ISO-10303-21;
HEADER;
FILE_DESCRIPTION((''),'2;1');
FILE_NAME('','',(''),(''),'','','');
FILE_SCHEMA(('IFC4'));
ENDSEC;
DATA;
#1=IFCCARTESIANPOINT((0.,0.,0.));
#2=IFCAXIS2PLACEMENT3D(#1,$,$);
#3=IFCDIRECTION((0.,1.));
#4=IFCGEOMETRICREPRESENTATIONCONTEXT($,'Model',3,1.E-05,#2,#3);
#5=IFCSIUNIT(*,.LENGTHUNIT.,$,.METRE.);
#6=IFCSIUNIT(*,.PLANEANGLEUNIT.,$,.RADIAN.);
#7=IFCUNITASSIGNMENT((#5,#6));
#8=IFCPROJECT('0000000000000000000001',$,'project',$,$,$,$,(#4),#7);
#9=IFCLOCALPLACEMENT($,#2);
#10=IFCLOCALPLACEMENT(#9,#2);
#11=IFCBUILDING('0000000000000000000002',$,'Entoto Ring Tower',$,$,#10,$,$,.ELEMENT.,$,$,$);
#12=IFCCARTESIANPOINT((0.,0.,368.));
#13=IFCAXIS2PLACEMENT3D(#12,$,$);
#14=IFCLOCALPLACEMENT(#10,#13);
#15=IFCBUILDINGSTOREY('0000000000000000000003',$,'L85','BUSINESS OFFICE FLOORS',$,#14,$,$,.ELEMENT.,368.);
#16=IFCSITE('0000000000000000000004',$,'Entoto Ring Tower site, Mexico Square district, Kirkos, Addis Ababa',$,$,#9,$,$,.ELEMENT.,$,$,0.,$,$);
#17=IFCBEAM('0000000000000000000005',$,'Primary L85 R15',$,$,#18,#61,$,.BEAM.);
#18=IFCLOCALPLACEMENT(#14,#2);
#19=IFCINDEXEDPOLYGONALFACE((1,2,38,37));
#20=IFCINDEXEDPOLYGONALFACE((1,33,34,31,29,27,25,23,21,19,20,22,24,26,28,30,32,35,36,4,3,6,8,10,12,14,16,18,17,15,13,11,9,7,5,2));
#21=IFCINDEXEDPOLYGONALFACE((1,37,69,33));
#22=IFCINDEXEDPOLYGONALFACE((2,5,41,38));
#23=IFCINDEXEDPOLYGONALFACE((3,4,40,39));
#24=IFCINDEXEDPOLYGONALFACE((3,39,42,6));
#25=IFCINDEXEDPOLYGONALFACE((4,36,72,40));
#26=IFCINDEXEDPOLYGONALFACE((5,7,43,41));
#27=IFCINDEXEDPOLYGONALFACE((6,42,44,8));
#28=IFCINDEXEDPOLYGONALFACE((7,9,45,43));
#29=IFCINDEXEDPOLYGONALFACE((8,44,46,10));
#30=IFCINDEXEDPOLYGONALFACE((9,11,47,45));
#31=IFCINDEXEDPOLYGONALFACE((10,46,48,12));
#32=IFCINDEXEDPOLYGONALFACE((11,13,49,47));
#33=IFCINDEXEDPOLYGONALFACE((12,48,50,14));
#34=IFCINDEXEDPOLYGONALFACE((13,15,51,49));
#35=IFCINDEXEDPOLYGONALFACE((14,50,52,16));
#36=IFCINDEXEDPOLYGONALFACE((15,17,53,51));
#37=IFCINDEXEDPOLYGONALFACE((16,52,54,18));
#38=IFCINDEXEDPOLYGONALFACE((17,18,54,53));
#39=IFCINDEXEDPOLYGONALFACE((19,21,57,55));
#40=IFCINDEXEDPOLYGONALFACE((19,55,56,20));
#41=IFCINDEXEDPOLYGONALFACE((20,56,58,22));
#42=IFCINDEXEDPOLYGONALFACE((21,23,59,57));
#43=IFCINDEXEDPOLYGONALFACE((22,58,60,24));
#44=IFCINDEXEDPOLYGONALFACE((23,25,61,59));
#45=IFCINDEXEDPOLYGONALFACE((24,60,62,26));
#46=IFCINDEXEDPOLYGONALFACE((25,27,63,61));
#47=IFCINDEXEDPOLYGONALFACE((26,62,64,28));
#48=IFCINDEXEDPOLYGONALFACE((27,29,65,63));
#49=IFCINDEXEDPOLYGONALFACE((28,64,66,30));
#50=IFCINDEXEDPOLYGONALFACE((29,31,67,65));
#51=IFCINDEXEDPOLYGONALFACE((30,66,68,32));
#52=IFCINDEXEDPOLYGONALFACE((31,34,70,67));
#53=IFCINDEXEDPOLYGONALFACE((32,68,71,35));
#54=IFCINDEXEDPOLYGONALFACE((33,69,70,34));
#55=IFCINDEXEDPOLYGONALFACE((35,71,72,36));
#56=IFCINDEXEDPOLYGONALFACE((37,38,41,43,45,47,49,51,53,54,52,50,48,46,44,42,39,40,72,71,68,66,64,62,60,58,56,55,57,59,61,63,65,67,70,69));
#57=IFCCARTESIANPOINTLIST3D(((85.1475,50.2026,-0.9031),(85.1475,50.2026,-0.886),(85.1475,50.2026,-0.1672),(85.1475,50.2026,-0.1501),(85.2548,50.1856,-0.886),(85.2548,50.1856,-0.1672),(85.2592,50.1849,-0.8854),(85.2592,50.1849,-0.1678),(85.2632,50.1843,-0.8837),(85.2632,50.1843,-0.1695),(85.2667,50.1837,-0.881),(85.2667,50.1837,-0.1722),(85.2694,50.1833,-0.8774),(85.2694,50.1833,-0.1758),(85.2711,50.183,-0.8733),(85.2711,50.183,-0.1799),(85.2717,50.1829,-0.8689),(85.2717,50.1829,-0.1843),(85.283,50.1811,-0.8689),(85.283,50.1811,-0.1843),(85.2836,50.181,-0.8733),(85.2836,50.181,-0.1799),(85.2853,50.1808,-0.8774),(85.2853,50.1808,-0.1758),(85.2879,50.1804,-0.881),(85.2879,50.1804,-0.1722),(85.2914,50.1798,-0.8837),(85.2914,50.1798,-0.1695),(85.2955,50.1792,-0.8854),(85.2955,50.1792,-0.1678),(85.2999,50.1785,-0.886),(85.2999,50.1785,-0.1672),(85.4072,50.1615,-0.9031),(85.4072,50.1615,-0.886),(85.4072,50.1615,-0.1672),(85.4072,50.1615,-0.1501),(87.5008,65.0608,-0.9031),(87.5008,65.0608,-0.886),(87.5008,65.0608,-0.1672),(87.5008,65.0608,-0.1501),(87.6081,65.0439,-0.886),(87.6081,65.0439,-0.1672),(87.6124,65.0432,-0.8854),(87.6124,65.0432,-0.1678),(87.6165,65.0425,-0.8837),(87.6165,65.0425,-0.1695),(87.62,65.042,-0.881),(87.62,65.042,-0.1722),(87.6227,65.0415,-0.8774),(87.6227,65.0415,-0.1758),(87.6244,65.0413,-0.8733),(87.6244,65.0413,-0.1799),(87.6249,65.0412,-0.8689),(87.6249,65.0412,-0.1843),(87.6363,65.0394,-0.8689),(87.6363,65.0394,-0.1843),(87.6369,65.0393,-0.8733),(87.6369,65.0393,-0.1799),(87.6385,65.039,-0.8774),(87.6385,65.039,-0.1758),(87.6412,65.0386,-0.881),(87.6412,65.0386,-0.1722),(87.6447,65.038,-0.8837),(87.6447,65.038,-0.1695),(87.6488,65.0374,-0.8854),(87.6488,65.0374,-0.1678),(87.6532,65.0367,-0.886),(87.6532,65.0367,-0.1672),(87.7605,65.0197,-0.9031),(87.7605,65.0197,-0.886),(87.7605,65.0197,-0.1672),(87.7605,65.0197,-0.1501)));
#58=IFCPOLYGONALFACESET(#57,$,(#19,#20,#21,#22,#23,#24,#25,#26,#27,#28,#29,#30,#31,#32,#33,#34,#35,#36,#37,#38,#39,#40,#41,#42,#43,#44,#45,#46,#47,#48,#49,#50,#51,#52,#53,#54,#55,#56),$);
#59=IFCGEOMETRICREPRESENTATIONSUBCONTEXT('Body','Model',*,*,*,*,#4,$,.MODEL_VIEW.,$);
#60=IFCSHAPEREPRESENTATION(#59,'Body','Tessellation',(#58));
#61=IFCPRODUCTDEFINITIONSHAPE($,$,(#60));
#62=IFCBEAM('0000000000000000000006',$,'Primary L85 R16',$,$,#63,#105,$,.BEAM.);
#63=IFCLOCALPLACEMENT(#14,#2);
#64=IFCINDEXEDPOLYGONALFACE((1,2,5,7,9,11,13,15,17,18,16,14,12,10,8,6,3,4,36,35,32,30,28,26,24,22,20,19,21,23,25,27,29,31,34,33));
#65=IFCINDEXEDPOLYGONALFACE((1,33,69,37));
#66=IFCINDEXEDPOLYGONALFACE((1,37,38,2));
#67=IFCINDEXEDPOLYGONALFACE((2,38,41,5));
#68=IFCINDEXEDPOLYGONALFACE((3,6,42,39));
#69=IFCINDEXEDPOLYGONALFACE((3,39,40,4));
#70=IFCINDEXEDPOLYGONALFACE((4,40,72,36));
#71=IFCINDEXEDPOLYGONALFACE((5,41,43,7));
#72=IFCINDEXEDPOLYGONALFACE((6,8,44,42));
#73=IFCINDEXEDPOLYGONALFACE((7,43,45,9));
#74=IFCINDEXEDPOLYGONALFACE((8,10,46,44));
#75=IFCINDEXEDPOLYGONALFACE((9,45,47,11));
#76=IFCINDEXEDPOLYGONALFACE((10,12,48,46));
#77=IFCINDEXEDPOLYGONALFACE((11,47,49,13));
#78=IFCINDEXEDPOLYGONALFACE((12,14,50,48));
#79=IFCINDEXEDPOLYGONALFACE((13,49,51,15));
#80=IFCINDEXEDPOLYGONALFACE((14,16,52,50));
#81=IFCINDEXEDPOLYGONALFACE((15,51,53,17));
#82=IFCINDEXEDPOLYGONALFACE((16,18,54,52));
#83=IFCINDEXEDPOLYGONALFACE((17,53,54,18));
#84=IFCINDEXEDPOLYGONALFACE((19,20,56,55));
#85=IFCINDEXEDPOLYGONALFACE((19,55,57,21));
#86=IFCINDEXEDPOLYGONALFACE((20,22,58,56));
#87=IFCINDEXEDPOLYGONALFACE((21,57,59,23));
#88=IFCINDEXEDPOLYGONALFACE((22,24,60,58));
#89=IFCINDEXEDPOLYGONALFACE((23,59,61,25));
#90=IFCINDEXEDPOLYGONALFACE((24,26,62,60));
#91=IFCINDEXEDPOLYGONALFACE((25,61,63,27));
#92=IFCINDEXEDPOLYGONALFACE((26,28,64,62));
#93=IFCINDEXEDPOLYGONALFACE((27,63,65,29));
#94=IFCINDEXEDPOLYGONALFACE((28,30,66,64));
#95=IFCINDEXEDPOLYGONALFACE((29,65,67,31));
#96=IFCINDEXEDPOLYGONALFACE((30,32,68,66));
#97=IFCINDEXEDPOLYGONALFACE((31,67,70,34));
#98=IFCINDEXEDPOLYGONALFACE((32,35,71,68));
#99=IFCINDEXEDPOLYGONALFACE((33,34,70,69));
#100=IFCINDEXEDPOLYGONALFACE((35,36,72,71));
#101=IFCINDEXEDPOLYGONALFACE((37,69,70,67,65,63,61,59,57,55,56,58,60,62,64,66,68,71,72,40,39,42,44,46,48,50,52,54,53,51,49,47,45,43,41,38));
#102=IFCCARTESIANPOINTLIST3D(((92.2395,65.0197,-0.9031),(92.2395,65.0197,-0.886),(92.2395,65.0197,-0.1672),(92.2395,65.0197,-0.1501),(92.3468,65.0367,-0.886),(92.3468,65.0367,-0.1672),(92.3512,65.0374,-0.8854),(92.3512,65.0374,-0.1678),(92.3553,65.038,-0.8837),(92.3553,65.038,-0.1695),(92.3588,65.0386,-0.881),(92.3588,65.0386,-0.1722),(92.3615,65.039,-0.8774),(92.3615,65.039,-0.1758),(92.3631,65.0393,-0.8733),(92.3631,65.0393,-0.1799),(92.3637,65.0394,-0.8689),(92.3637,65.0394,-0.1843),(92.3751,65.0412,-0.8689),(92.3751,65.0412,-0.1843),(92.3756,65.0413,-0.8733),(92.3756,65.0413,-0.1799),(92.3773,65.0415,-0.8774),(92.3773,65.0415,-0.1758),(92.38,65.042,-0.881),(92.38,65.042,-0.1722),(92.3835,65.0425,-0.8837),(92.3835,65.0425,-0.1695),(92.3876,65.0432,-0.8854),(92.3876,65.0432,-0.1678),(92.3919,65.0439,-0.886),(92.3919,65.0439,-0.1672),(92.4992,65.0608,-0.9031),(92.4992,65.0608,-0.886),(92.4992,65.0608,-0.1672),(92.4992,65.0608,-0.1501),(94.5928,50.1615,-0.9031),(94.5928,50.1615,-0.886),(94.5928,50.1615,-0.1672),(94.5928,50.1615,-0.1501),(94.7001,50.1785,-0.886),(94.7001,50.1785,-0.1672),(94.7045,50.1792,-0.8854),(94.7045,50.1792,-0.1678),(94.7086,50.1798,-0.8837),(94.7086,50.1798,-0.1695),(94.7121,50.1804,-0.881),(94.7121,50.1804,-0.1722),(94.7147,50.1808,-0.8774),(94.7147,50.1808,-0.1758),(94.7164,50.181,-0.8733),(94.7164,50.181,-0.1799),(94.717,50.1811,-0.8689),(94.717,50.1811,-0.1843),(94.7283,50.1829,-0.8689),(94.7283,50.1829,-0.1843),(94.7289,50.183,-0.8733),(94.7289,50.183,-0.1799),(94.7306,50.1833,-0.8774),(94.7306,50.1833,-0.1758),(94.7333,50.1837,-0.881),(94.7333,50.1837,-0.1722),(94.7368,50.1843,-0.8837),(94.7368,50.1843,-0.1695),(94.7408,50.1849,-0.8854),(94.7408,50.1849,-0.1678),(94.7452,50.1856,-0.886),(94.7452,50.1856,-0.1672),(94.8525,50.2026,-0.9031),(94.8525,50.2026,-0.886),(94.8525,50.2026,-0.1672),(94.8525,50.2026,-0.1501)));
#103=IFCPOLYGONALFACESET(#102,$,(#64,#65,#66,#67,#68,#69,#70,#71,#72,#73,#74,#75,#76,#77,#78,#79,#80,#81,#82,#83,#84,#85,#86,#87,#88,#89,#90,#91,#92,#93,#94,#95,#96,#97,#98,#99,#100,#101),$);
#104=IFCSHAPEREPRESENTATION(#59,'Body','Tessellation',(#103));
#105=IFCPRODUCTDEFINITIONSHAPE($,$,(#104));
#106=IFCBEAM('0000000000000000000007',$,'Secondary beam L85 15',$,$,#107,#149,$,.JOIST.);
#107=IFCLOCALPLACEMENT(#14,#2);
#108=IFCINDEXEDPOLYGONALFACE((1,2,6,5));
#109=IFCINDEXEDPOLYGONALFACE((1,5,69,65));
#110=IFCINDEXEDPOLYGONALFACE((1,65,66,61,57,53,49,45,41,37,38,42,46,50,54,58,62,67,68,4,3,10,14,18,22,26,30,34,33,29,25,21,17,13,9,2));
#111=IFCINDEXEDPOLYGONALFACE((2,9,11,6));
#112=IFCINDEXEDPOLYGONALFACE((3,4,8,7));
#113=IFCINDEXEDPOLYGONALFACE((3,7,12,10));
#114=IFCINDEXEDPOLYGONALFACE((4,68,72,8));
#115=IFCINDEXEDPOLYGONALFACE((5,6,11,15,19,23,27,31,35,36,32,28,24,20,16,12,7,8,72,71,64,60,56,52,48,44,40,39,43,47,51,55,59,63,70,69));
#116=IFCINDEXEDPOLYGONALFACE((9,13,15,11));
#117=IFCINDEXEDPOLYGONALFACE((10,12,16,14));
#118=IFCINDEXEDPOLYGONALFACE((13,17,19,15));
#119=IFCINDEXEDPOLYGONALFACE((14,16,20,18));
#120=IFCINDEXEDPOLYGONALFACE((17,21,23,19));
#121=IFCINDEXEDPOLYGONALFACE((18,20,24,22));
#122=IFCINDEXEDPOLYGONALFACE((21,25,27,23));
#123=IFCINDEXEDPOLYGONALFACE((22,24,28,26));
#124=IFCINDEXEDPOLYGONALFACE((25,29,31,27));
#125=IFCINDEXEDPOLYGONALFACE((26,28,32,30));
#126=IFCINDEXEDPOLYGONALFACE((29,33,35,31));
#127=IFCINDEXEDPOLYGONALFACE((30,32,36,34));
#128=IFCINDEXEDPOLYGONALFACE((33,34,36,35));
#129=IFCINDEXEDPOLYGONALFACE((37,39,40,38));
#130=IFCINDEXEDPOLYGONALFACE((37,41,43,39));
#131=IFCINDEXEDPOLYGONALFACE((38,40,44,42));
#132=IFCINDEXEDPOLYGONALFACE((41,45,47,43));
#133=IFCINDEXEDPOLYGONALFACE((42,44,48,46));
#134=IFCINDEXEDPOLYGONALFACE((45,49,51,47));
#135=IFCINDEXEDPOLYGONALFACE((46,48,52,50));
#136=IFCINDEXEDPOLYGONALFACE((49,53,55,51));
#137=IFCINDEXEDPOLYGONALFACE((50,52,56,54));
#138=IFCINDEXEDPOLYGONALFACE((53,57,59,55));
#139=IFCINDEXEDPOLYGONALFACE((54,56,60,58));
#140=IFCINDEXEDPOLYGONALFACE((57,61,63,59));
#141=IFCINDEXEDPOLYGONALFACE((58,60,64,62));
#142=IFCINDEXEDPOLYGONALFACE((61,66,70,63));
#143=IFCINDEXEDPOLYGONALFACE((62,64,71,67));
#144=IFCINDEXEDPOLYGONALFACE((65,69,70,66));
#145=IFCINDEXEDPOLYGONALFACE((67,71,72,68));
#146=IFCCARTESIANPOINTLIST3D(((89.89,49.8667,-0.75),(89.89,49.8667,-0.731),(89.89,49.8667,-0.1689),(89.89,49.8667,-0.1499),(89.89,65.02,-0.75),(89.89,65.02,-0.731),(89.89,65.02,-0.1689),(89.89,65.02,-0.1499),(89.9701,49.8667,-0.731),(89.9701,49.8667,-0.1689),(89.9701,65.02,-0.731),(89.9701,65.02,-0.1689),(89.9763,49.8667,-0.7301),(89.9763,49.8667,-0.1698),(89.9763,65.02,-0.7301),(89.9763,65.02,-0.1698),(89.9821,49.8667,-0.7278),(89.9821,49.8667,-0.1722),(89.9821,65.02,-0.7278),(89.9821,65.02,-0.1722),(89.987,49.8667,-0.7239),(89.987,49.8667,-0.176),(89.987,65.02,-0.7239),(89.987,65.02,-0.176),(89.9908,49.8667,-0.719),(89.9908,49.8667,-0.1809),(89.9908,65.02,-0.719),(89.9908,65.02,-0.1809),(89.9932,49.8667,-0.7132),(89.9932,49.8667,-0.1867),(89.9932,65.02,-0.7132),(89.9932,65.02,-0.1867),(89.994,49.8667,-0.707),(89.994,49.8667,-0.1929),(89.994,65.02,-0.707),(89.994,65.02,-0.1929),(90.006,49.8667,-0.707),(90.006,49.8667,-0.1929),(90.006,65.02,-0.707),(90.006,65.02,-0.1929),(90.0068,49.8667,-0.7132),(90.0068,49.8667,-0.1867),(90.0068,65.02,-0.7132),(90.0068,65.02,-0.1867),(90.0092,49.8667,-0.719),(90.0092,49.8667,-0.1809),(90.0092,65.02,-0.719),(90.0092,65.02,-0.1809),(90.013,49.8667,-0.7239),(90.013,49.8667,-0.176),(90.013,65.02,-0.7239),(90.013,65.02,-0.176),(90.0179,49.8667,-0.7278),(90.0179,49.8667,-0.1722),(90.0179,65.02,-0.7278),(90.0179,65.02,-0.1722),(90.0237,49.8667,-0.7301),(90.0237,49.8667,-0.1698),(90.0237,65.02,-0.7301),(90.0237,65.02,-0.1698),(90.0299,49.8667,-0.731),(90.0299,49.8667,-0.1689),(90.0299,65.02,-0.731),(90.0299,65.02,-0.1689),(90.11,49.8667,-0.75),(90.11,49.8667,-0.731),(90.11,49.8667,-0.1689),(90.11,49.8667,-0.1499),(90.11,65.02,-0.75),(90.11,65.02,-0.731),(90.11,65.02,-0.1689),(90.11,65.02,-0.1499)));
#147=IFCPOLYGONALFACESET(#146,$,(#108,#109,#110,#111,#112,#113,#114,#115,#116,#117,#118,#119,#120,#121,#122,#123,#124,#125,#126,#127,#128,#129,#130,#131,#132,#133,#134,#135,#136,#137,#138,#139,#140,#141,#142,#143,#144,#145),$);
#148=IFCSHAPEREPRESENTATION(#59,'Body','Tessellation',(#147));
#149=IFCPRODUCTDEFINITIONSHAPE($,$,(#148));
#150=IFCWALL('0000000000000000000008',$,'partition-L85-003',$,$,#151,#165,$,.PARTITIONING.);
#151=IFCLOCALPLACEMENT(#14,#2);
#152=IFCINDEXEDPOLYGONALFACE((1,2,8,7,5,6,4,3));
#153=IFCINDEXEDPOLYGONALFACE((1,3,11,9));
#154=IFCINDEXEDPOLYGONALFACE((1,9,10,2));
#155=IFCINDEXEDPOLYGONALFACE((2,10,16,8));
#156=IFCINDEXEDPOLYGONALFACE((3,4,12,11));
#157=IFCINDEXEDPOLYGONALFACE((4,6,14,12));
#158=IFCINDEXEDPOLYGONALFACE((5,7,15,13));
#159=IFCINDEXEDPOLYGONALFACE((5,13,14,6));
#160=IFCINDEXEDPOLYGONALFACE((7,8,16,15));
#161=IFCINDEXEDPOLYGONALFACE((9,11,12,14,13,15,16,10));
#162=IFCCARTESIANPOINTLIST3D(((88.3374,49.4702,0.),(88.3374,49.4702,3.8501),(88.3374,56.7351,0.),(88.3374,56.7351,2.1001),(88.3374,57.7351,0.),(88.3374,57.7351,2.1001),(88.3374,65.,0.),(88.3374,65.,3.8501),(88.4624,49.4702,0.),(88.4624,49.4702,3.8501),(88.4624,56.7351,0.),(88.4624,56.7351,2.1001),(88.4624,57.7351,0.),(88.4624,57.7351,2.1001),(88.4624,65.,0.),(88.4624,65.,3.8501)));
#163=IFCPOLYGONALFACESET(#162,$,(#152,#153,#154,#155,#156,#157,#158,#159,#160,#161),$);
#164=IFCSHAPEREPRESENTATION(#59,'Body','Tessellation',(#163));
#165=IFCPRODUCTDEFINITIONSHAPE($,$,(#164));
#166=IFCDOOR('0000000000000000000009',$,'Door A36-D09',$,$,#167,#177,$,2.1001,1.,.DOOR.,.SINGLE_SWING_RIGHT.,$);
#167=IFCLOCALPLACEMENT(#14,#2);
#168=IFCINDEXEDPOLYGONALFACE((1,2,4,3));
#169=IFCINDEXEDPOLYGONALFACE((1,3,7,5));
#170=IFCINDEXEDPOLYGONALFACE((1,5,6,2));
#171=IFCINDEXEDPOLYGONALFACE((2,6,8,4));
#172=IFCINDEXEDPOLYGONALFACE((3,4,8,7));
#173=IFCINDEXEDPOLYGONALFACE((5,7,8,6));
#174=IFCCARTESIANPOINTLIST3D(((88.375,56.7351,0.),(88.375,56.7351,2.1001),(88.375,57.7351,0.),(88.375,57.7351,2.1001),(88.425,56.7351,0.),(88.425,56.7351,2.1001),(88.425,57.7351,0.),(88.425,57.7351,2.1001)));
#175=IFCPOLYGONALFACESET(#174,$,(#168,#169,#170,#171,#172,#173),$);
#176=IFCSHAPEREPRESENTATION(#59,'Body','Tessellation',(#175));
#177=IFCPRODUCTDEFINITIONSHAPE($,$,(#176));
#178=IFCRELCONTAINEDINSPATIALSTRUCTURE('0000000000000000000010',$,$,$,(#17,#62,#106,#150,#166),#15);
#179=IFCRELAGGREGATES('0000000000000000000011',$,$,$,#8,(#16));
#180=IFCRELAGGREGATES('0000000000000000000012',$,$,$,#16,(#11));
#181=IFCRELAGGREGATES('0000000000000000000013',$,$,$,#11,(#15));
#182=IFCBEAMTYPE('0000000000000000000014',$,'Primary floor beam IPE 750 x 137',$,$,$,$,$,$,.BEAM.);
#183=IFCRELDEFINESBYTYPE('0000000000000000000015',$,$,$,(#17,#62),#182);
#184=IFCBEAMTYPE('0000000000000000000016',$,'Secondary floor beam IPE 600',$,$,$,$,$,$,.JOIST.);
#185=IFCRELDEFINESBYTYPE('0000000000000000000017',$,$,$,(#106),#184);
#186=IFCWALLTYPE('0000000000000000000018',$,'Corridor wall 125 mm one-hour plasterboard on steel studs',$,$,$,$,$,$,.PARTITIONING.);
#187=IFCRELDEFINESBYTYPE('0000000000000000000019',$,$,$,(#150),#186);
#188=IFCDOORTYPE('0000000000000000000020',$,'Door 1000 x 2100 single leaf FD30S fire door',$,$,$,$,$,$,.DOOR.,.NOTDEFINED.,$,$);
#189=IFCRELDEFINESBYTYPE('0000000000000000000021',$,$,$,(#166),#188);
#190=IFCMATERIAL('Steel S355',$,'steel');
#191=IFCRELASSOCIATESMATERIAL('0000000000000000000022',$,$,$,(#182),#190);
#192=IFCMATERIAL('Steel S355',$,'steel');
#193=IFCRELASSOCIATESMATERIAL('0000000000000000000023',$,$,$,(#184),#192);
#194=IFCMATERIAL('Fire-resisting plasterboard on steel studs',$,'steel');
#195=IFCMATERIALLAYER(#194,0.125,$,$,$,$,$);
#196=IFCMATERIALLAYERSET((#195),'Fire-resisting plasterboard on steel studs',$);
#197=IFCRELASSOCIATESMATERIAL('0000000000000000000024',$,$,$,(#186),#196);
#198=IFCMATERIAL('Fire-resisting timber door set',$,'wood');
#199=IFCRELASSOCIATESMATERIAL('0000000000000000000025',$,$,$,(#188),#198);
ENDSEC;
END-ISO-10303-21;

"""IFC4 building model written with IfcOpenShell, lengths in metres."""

from ifc_helpers import new_model, si_unit, direction, frame, frame_2d, origin, origin_2d, place, context, subcontext, project, spatial, rectangle, i_section, extrude, material, layer, layer_set, material_profile, profile_set, type_object, element, fill, save


model = new_model("IFC4")

# Units and contexts
model_context = context("Model", 3, precision=1e-05, world=origin(), true_north=direction((0.0, 1.0)))
body_context = subcontext(model_context, "Body", "Model", "MODEL_VIEW")
ifc_project = project(units=[si_unit("LENGTHUNIT", "METRE"), si_unit("PLANEANGLEUNIT", "RADIAN")], contexts=[model_context])

# Site, building, storey
site_placement = place(None, origin())
site = spatial("IfcSite", under=ifc_project, at=site_placement, Name="Entoto Ring Tower site, Mexico Square district, Kirkos, Addis Ababa", CompositionType="ELEMENT", RefElevation=0.0)
building_placement = place(site_placement, origin())
building = spatial("IfcBuilding", under=site, at=building_placement, Name="Entoto Ring Tower", CompositionType="ELEMENT")
storey_placement = place(building_placement, frame((0.0, 0.0, 368.0)))
storey = spatial("IfcBuildingStorey", under=building, at=storey_placement, Name="L85", Description="BUSINESS OFFICE FLOORS", CompositionType="ELEMENT", Elevation=368.0)

# Beams
ifc_material_1 = material(Name="Steel S355", Category="steel")
ifc_material_profile_1 = material_profile(ifc_material_1, i_section(OverallWidth=0.2629, OverallDepth=0.7529, WebThickness=0.0115, FlangeThickness=0.0171, FilletRadius=0.0171, at=origin_2d()), Name="IPE 750 x 137")
ifc_profile_set_1 = profile_set([ifc_material_profile_1], Name="Steel S355")
beam_type_1 = type_object("IfcBeamType", Name="Primary floor beam IPE 750 x 137", PredefinedType="BEAM", material=ifc_profile_set_1)
for number, where, z_axis, x_axis, name in (
    (1, (87.6306, 65.0403, -0.5266), (-0.156433, -0.987689, 0.0), (0.987689, -0.156433, 0.0), "Primary L85 R15"),
    (2, (92.3694, 65.0403, -0.5266), (0.156433, -0.987689, 0.0), (0.987689, 0.156433, 0.0), "Primary L85 R16"),
):
    element("IfcBeam", number, at=place(storey_placement, frame(where, z_axis=z_axis, x_axis=x_axis)), inside=storey, type_object=beam_type_1, Name=name, PredefinedType="BEAM", context=body_context, shape_type="SweptSolid", body=[
        extrude(i_section(OverallWidth=0.2629, OverallDepth=0.7529, WebThickness=0.0115, FlangeThickness=0.0171, FilletRadius=0.0171, at=origin_2d()), origin(), (0.0, 0.0, 1.0), 15.0435),
    ])
ifc_material_2 = material(Name="Steel S355", Category="steel")
ifc_material_profile_2 = material_profile(ifc_material_2, i_section(OverallWidth=0.22, OverallDepth=0.6001, WebThickness=0.012, FlangeThickness=0.019, FilletRadius=0.0239, at=origin_2d()), Name="IPE 600")
ifc_profile_set_2 = profile_set([ifc_material_profile_2], Name="Steel S355")
beam_type_2 = type_object("IfcBeamType", Name="Secondary floor beam IPE 600", PredefinedType="JOIST", material=ifc_profile_set_2)
beam_1_placement = place(storey_placement, frame((90.0, 65.02, -0.45), z_axis=(0.0, -1.0, 0.0), x_axis=(1.0, 0.0, 0.0)))
element("IfcBeam", 3, at=beam_1_placement, inside=storey, type_object=beam_type_2, Name="Secondary beam L85 15", PredefinedType="JOIST", context=body_context, shape_type="SweptSolid", body=[
    extrude(i_section(OverallWidth=0.22, OverallDepth=0.6001, WebThickness=0.012, FlangeThickness=0.019, FilletRadius=0.0239, at=origin_2d()), origin(), (0.0, 0.0, 1.0), 15.1533),
])

# Wall, opening, door
ifc_material_3 = material(Name="Fire-resisting plasterboard on steel studs", Category="steel")
ifc_layer_1 = layer(ifc_material_3, 0.125)
ifc_layer_set_1 = layer_set([ifc_layer_1], Name="Fire-resisting plasterboard on steel studs")
wall_type_1 = type_object("IfcWallType", Name="Corridor wall 125 mm one-hour plasterboard on steel studs", PredefinedType="PARTITIONING", material=ifc_layer_set_1)
wall_1_placement = place(storey_placement, frame((88.3999, 49.4702, 0.0), z_axis=(0.0, 0.0, 1.0), x_axis=(0.0, 1.0, 0.0)))
wall_1 = element("IfcWall", 4, at=wall_1_placement, inside=storey, type_object=wall_type_1, Name="partition-L85-003", PredefinedType="PARTITIONING", context=body_context, shape_type="SweptSolid", body=[
    extrude(rectangle(XDim=15.5298, YDim=0.125, at=frame_2d((7.7649, 0.0))), origin(), (0.0, 0.0, 1.0), 3.8501),
])
opening_1_placement = place(wall_1_placement, frame((7.2649, 0.0, 0.0)))
opening_1 = element("IfcOpeningElement", 5, at=opening_1_placement, cuts=wall_1, PredefinedType="OPENING", context=body_context, shape_type="SweptSolid", body=[
    extrude(rectangle(XDim=1.0, YDim=2.1001, at=frame_2d((0.5, 1.05))), frame((0.0, 0.0725, 0.0), z_axis=(0.0, -1.0, 0.0), x_axis=(1.0, 0.0, 0.0)), (0.0, 0.0, 1.0), 0.145),
])
ifc_material_4 = material(Name="Fire-resisting timber door set", Category="wood")
door_type = type_object("IfcDoorType", Name="Door 1000 x 2100 single leaf FD30S fire door", OperationType="NOTDEFINED", PredefinedType="DOOR", material=ifc_material_4)
door_1_placement = place(opening_1_placement, origin())
door_1 = element("IfcDoor", 6, at=door_1_placement, inside=storey, type_object=door_type, Name="Door A36-D09", OperationType="SINGLE_SWING_RIGHT", OverallHeight=2.1001, OverallWidth=1.0, PredefinedType="DOOR", context=body_context, shape_type="SweptSolid", body=[
    extrude(rectangle(XDim=1.0, YDim=2.1001, at=frame_2d((0.5, 1.05))), frame((0.0, 0.0249, 0.0), z_axis=(0.0, -1.0, 0.0), x_axis=(1.0, 0.0, 0.0)), (0.0, 0.0, 1.0), 0.05),
])
fill(opening_1, door_1)

save(model, "model.ifc")
